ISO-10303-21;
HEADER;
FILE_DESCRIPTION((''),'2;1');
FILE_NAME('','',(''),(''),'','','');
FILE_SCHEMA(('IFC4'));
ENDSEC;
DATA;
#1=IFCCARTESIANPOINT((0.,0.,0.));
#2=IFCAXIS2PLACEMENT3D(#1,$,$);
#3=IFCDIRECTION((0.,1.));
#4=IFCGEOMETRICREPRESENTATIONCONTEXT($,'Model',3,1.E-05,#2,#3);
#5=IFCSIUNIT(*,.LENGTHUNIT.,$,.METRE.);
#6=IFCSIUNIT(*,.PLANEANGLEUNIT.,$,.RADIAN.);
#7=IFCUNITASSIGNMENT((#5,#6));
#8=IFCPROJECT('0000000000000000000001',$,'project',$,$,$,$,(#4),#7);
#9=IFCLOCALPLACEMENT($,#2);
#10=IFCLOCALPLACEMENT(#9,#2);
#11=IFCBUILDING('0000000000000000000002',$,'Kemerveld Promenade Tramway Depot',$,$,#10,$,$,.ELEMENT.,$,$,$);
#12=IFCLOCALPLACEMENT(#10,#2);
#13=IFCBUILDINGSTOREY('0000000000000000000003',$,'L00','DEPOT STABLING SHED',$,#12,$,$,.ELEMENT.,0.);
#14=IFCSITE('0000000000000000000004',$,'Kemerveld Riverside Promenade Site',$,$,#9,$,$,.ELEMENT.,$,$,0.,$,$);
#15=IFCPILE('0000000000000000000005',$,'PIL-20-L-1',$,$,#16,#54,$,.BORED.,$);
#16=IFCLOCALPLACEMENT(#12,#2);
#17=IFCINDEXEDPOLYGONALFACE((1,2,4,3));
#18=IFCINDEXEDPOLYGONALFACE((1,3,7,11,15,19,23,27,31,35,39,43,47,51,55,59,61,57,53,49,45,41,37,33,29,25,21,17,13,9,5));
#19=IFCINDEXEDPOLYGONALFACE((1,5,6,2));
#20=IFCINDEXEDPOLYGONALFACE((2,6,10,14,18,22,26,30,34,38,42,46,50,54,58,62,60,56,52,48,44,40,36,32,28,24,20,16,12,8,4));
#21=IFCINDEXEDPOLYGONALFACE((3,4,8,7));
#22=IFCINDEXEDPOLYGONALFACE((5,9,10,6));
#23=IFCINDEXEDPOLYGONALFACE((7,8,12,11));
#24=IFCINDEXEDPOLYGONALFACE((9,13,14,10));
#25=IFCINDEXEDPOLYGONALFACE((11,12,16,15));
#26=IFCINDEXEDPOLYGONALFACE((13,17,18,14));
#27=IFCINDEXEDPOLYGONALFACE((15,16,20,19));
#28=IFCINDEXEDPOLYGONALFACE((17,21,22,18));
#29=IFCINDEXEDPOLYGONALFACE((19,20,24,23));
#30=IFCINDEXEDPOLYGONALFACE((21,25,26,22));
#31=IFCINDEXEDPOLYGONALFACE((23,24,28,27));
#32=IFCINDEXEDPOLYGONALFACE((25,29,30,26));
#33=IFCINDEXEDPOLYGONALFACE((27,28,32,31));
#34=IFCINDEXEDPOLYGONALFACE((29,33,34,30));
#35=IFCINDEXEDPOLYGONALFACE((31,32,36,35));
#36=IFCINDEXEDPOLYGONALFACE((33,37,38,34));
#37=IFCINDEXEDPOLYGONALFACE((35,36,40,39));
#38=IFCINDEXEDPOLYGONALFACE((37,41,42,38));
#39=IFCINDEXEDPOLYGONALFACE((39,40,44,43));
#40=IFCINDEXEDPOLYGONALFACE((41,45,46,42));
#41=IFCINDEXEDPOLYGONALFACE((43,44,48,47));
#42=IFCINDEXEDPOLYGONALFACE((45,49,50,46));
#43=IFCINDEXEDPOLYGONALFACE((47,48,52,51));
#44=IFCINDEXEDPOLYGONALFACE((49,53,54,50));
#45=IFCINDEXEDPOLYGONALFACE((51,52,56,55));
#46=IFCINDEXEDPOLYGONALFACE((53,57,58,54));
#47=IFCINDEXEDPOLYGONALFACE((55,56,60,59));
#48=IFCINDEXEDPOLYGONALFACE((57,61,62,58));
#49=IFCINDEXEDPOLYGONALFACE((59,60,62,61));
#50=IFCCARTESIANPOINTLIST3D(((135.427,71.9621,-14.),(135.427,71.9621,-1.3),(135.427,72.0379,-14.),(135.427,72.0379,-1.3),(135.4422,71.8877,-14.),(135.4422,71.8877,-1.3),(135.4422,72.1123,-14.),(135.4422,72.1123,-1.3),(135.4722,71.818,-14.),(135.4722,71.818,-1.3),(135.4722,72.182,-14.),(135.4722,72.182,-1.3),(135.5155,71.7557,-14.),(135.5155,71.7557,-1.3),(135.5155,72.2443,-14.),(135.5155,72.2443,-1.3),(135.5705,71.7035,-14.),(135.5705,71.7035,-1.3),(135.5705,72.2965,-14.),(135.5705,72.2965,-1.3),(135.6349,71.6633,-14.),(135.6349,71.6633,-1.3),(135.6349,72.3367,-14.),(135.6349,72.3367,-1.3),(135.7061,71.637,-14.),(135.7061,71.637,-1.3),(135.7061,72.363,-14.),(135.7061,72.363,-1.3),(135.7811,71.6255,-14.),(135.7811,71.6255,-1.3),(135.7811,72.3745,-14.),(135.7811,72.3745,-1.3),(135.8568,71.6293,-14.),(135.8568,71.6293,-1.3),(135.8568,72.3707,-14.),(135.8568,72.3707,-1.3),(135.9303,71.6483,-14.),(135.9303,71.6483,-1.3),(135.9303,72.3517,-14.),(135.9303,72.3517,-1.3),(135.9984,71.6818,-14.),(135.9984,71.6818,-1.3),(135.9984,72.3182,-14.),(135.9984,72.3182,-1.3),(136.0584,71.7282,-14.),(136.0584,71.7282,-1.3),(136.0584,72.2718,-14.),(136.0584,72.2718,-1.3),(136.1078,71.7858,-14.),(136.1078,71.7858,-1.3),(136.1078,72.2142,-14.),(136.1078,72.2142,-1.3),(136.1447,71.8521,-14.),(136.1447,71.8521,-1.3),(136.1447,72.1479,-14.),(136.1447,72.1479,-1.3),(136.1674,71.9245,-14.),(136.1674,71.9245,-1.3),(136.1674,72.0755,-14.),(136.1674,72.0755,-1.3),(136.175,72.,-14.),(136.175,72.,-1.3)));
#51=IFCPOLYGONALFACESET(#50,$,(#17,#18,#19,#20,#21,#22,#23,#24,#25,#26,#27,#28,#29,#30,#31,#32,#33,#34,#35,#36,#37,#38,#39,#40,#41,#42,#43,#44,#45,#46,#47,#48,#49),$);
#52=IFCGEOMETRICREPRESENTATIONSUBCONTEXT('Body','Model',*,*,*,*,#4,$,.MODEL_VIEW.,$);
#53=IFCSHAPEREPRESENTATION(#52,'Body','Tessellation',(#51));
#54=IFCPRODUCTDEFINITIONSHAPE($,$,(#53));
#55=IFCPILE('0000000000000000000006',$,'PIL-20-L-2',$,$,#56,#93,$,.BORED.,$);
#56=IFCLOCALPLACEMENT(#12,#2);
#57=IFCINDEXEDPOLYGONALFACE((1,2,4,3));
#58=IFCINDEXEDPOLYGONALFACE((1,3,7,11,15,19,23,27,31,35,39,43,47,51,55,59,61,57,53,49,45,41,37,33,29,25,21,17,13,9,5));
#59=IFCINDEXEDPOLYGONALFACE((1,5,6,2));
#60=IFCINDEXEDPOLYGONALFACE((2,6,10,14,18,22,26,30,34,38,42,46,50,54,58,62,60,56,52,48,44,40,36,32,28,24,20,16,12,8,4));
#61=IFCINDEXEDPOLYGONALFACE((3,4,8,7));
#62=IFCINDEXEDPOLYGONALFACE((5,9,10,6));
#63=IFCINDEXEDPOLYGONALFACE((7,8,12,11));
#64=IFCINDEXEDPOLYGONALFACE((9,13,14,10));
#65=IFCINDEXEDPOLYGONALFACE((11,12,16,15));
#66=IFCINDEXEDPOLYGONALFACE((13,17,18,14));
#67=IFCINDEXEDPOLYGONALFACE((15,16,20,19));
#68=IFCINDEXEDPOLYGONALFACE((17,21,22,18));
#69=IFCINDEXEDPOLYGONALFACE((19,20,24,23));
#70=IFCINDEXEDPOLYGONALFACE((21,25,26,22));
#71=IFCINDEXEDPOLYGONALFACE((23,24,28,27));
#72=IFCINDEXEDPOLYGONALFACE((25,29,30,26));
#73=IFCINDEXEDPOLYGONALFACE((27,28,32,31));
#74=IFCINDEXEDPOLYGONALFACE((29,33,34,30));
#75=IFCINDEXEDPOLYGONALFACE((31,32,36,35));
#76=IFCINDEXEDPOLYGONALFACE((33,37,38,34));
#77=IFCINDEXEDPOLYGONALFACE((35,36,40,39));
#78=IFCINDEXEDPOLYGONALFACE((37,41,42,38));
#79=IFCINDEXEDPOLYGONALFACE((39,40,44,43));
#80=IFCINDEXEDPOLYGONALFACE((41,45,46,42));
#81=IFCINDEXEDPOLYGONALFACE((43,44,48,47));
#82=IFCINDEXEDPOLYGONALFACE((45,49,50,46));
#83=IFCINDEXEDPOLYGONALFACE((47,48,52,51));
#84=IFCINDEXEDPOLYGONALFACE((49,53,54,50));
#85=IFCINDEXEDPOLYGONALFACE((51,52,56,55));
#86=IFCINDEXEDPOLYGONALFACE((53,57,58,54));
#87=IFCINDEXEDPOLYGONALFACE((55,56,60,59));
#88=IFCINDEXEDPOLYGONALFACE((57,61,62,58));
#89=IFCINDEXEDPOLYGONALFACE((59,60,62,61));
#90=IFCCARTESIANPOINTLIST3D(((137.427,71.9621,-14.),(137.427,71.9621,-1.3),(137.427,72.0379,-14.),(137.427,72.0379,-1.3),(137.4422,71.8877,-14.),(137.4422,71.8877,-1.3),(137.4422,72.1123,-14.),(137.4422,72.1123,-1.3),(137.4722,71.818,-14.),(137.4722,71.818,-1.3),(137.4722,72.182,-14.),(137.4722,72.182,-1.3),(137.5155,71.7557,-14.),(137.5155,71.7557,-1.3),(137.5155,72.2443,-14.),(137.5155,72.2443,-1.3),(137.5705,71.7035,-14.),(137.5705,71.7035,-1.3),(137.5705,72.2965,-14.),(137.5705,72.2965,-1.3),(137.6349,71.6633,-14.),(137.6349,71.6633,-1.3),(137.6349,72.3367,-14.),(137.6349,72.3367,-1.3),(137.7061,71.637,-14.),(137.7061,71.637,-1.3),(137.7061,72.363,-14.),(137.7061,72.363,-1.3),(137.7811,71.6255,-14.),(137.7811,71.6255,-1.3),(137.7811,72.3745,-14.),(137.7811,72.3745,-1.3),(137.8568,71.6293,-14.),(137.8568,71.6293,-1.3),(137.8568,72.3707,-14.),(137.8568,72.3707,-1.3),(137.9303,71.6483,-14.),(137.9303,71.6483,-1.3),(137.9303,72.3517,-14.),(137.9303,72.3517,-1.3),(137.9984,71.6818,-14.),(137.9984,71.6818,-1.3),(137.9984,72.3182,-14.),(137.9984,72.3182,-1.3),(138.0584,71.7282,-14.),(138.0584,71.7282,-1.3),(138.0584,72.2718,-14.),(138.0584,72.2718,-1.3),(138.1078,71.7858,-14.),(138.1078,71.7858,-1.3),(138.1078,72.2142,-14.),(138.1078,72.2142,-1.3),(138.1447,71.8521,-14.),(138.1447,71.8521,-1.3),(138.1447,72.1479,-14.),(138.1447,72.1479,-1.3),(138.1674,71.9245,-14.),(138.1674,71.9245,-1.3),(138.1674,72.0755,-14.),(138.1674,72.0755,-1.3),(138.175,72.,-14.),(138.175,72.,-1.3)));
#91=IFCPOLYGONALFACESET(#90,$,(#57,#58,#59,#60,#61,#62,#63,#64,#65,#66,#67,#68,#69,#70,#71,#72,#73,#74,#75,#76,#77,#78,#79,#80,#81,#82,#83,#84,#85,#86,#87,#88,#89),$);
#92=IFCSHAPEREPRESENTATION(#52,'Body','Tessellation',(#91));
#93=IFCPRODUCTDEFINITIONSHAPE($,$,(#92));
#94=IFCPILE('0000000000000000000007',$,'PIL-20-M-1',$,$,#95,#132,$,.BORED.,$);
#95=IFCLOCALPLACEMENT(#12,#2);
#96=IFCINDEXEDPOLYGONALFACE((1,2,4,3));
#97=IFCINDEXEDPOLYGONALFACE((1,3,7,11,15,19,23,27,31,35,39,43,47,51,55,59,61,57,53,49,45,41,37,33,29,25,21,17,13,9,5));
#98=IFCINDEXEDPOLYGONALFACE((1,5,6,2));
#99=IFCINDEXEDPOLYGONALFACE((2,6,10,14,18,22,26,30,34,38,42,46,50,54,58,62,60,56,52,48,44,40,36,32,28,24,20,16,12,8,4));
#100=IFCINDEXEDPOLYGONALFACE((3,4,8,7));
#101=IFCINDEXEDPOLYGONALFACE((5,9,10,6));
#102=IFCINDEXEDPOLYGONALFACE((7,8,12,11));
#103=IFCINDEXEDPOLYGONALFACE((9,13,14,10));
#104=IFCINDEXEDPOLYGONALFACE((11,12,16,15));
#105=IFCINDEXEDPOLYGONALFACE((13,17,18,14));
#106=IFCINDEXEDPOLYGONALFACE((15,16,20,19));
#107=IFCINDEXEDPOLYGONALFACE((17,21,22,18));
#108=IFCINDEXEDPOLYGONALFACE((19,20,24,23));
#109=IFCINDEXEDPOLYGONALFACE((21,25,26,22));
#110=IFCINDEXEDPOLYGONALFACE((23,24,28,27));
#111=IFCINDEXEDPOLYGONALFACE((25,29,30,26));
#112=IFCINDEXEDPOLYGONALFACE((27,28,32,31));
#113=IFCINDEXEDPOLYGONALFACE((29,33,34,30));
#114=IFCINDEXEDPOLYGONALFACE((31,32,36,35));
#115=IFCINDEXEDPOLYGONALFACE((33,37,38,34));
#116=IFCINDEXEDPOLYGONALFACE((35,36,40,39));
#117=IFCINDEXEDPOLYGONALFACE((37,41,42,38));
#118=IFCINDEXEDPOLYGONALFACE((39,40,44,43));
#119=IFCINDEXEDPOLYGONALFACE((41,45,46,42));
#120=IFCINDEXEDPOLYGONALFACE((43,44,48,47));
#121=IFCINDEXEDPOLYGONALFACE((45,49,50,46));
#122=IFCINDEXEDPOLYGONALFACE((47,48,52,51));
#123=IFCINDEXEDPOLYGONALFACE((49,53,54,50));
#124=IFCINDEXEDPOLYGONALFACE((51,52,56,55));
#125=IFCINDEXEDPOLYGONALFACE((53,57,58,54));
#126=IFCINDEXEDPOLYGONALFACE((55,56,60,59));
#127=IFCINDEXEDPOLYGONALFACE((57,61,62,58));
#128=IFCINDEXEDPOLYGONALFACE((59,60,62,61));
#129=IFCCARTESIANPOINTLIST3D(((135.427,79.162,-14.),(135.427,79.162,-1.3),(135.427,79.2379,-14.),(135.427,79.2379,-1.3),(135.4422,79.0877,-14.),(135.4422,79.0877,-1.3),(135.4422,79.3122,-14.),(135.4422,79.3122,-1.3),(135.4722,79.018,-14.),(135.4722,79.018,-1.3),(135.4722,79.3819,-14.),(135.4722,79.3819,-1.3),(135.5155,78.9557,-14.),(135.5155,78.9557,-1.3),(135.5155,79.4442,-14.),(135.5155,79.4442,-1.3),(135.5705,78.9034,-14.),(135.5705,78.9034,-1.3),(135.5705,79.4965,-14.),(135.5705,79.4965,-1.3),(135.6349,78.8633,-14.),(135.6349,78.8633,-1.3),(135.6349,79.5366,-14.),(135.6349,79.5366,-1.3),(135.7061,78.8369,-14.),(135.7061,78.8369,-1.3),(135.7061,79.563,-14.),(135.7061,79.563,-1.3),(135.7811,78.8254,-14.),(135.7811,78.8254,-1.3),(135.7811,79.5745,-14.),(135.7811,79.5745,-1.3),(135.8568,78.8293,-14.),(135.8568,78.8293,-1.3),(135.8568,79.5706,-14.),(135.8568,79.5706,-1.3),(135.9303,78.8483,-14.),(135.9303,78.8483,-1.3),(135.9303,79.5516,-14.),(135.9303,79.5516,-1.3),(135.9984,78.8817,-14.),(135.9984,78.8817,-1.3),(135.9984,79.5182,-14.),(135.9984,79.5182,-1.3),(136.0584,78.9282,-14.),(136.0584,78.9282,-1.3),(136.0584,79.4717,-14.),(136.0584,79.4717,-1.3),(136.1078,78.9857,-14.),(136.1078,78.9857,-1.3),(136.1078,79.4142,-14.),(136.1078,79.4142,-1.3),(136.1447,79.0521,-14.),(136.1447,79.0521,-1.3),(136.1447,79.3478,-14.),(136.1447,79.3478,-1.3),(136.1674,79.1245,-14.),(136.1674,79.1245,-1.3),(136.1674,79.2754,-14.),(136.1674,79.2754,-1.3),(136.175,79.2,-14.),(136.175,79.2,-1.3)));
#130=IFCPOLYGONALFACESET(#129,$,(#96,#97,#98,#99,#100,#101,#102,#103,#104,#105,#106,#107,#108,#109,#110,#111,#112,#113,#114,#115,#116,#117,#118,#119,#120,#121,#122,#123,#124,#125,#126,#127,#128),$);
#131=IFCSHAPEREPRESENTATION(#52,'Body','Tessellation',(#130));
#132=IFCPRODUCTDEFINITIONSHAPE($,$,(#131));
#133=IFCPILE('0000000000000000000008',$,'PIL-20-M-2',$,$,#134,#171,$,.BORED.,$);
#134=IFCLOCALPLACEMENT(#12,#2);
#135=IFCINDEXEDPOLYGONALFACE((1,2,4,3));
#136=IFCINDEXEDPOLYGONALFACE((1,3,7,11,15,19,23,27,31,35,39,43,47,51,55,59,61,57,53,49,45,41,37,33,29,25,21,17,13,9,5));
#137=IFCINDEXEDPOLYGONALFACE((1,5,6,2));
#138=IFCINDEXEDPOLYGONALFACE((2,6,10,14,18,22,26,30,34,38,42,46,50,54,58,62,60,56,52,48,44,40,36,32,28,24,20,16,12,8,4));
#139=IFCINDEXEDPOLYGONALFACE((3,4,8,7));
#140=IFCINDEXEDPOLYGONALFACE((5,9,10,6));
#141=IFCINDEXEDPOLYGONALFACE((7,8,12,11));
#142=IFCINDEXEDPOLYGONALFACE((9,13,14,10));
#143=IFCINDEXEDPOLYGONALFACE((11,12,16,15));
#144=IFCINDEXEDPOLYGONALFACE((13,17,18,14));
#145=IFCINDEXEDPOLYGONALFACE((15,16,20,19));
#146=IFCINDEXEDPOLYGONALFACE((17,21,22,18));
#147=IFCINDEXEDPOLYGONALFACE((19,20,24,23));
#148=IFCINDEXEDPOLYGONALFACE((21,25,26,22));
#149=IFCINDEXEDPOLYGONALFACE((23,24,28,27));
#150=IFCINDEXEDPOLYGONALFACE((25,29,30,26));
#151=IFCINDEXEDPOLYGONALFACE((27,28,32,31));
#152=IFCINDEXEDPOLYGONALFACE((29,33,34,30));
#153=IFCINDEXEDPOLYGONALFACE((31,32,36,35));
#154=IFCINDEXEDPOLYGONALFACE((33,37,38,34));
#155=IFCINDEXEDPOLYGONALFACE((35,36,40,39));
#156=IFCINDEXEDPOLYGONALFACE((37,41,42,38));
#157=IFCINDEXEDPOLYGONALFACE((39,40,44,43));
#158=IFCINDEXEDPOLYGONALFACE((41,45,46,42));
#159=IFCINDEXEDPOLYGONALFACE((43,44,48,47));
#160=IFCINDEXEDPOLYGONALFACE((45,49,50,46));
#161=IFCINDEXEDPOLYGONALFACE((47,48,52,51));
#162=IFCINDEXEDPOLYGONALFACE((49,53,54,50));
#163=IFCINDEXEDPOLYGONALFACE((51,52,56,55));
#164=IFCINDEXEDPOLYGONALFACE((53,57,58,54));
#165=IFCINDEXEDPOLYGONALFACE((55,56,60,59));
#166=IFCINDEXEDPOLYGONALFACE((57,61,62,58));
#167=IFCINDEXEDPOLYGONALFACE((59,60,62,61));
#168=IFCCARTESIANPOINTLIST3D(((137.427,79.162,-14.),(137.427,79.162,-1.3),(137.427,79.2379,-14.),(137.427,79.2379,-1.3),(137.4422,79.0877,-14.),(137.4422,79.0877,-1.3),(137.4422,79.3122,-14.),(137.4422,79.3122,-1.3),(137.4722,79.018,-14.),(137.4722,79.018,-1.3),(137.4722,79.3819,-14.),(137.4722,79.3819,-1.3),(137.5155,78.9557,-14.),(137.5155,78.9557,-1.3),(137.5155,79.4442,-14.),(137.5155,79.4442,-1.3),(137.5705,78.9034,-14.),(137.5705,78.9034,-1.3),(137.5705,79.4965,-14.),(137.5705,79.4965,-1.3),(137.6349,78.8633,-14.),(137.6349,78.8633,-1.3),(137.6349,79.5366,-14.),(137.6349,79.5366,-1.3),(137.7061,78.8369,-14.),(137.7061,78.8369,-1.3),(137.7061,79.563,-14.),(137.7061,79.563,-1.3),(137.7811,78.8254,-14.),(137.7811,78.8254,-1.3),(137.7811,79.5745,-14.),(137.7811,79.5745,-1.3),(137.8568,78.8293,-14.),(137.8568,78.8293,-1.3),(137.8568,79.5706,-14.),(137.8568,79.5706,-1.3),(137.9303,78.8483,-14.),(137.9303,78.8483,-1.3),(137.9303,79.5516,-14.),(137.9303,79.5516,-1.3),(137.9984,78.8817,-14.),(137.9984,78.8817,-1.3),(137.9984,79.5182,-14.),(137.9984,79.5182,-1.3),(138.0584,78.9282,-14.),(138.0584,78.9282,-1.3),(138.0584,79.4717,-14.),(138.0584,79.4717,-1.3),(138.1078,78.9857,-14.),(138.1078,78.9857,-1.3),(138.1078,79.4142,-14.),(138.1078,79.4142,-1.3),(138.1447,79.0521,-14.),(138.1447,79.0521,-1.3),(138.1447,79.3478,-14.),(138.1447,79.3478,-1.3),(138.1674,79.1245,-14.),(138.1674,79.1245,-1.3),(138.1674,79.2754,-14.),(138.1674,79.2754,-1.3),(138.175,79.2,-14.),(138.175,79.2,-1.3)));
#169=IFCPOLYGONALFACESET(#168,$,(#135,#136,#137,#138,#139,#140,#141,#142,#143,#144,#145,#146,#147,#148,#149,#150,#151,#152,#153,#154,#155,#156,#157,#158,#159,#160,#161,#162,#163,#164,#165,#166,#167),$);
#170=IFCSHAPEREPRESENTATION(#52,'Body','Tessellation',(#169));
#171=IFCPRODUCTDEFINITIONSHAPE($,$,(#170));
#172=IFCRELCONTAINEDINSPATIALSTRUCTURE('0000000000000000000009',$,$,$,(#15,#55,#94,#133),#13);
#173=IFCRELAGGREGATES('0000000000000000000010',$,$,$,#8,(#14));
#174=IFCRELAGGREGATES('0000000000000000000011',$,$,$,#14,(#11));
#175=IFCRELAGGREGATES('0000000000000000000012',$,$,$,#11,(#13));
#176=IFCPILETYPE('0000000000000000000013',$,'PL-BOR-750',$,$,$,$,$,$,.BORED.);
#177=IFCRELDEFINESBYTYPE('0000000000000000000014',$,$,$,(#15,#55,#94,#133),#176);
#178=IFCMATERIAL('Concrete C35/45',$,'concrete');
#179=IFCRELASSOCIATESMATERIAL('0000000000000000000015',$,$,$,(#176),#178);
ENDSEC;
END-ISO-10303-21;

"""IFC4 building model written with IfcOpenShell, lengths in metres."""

from ifc_helpers import new_model, si_unit, direction, frame, origin, origin_2d, place, context, subcontext, project, spatial, circle, extrude, material, material_profile, profile_set, type_object, element, save


model = new_model("IFC4")

# Units and contexts
model_context = context("Model", 3, precision=1e-05, world=origin(), true_north=direction((0.0, 1.0)))
body_context = subcontext(model_context, "Body", "Model", "MODEL_VIEW")
ifc_project = project(units=[si_unit("LENGTHUNIT", "METRE"), si_unit("PLANEANGLEUNIT", "RADIAN")], contexts=[model_context])

# Site, building, storey
site_placement = place(None, origin())
site = spatial("IfcSite", under=ifc_project, at=site_placement, Name="Kemerveld Riverside Promenade Site", CompositionType="ELEMENT", RefElevation=0.0)
building_placement = place(site_placement, origin())
building = spatial("IfcBuilding", under=site, at=building_placement, Name="Kemerveld Promenade Tramway Depot", CompositionType="ELEMENT")
storey_placement = place(building_placement, origin())
storey = spatial("IfcBuildingStorey", under=building, at=storey_placement, Name="L00", Description="DEPOT STABLING SHED", CompositionType="ELEMENT", Elevation=0.0)

# Shared definitions
ifc_material_1 = material(Name="Concrete C35/45", Category="concrete")

# Piles
ifc_material_profile_1 = material_profile(ifc_material_1, circle(Radius=0.375, at=origin_2d()), Name="PILE-D750")
ifc_profile_set_1 = profile_set([ifc_material_profile_1], Name="Concrete C35/45")
pile_type_1 = type_object("IfcPileType", Name="PL-BOR-750", PredefinedType="BORED", material=ifc_profile_set_1)
for number, where, z_axis, x_axis, name in (
    (1, (135.8, 72.0, -1.3), (0.0, 0.0, -1.0), (1.0, 0.0, 0.0), "PIL-20-L-1"),
    (2, (137.8, 72.0, -1.3), (0.0, 0.0, -1.0), (1.0, 0.0, 0.0), "PIL-20-L-2"),
    (3, (135.8, 79.2, -1.3), (0.0, 0.0, -1.0), (1.0, 0.0, 0.0), "PIL-20-M-1"),
    (4, (137.8, 79.2, -1.3), (0.0, 0.0, -1.0), (1.0, 0.0, 0.0), "PIL-20-M-2"),
):
    element("IfcPile", number, at=place(storey_placement, frame(where, z_axis=z_axis, x_axis=x_axis)), inside=storey, type_object=pile_type_1, Name=name, PredefinedType="BORED", context=body_context, shape_type="SweptSolid", body=[
        extrude(circle(Radius=0.375, at=origin_2d()), origin(), (0.0, 0.0, 1.0), 12.7),
    ])

save(model, "model.ifc")
